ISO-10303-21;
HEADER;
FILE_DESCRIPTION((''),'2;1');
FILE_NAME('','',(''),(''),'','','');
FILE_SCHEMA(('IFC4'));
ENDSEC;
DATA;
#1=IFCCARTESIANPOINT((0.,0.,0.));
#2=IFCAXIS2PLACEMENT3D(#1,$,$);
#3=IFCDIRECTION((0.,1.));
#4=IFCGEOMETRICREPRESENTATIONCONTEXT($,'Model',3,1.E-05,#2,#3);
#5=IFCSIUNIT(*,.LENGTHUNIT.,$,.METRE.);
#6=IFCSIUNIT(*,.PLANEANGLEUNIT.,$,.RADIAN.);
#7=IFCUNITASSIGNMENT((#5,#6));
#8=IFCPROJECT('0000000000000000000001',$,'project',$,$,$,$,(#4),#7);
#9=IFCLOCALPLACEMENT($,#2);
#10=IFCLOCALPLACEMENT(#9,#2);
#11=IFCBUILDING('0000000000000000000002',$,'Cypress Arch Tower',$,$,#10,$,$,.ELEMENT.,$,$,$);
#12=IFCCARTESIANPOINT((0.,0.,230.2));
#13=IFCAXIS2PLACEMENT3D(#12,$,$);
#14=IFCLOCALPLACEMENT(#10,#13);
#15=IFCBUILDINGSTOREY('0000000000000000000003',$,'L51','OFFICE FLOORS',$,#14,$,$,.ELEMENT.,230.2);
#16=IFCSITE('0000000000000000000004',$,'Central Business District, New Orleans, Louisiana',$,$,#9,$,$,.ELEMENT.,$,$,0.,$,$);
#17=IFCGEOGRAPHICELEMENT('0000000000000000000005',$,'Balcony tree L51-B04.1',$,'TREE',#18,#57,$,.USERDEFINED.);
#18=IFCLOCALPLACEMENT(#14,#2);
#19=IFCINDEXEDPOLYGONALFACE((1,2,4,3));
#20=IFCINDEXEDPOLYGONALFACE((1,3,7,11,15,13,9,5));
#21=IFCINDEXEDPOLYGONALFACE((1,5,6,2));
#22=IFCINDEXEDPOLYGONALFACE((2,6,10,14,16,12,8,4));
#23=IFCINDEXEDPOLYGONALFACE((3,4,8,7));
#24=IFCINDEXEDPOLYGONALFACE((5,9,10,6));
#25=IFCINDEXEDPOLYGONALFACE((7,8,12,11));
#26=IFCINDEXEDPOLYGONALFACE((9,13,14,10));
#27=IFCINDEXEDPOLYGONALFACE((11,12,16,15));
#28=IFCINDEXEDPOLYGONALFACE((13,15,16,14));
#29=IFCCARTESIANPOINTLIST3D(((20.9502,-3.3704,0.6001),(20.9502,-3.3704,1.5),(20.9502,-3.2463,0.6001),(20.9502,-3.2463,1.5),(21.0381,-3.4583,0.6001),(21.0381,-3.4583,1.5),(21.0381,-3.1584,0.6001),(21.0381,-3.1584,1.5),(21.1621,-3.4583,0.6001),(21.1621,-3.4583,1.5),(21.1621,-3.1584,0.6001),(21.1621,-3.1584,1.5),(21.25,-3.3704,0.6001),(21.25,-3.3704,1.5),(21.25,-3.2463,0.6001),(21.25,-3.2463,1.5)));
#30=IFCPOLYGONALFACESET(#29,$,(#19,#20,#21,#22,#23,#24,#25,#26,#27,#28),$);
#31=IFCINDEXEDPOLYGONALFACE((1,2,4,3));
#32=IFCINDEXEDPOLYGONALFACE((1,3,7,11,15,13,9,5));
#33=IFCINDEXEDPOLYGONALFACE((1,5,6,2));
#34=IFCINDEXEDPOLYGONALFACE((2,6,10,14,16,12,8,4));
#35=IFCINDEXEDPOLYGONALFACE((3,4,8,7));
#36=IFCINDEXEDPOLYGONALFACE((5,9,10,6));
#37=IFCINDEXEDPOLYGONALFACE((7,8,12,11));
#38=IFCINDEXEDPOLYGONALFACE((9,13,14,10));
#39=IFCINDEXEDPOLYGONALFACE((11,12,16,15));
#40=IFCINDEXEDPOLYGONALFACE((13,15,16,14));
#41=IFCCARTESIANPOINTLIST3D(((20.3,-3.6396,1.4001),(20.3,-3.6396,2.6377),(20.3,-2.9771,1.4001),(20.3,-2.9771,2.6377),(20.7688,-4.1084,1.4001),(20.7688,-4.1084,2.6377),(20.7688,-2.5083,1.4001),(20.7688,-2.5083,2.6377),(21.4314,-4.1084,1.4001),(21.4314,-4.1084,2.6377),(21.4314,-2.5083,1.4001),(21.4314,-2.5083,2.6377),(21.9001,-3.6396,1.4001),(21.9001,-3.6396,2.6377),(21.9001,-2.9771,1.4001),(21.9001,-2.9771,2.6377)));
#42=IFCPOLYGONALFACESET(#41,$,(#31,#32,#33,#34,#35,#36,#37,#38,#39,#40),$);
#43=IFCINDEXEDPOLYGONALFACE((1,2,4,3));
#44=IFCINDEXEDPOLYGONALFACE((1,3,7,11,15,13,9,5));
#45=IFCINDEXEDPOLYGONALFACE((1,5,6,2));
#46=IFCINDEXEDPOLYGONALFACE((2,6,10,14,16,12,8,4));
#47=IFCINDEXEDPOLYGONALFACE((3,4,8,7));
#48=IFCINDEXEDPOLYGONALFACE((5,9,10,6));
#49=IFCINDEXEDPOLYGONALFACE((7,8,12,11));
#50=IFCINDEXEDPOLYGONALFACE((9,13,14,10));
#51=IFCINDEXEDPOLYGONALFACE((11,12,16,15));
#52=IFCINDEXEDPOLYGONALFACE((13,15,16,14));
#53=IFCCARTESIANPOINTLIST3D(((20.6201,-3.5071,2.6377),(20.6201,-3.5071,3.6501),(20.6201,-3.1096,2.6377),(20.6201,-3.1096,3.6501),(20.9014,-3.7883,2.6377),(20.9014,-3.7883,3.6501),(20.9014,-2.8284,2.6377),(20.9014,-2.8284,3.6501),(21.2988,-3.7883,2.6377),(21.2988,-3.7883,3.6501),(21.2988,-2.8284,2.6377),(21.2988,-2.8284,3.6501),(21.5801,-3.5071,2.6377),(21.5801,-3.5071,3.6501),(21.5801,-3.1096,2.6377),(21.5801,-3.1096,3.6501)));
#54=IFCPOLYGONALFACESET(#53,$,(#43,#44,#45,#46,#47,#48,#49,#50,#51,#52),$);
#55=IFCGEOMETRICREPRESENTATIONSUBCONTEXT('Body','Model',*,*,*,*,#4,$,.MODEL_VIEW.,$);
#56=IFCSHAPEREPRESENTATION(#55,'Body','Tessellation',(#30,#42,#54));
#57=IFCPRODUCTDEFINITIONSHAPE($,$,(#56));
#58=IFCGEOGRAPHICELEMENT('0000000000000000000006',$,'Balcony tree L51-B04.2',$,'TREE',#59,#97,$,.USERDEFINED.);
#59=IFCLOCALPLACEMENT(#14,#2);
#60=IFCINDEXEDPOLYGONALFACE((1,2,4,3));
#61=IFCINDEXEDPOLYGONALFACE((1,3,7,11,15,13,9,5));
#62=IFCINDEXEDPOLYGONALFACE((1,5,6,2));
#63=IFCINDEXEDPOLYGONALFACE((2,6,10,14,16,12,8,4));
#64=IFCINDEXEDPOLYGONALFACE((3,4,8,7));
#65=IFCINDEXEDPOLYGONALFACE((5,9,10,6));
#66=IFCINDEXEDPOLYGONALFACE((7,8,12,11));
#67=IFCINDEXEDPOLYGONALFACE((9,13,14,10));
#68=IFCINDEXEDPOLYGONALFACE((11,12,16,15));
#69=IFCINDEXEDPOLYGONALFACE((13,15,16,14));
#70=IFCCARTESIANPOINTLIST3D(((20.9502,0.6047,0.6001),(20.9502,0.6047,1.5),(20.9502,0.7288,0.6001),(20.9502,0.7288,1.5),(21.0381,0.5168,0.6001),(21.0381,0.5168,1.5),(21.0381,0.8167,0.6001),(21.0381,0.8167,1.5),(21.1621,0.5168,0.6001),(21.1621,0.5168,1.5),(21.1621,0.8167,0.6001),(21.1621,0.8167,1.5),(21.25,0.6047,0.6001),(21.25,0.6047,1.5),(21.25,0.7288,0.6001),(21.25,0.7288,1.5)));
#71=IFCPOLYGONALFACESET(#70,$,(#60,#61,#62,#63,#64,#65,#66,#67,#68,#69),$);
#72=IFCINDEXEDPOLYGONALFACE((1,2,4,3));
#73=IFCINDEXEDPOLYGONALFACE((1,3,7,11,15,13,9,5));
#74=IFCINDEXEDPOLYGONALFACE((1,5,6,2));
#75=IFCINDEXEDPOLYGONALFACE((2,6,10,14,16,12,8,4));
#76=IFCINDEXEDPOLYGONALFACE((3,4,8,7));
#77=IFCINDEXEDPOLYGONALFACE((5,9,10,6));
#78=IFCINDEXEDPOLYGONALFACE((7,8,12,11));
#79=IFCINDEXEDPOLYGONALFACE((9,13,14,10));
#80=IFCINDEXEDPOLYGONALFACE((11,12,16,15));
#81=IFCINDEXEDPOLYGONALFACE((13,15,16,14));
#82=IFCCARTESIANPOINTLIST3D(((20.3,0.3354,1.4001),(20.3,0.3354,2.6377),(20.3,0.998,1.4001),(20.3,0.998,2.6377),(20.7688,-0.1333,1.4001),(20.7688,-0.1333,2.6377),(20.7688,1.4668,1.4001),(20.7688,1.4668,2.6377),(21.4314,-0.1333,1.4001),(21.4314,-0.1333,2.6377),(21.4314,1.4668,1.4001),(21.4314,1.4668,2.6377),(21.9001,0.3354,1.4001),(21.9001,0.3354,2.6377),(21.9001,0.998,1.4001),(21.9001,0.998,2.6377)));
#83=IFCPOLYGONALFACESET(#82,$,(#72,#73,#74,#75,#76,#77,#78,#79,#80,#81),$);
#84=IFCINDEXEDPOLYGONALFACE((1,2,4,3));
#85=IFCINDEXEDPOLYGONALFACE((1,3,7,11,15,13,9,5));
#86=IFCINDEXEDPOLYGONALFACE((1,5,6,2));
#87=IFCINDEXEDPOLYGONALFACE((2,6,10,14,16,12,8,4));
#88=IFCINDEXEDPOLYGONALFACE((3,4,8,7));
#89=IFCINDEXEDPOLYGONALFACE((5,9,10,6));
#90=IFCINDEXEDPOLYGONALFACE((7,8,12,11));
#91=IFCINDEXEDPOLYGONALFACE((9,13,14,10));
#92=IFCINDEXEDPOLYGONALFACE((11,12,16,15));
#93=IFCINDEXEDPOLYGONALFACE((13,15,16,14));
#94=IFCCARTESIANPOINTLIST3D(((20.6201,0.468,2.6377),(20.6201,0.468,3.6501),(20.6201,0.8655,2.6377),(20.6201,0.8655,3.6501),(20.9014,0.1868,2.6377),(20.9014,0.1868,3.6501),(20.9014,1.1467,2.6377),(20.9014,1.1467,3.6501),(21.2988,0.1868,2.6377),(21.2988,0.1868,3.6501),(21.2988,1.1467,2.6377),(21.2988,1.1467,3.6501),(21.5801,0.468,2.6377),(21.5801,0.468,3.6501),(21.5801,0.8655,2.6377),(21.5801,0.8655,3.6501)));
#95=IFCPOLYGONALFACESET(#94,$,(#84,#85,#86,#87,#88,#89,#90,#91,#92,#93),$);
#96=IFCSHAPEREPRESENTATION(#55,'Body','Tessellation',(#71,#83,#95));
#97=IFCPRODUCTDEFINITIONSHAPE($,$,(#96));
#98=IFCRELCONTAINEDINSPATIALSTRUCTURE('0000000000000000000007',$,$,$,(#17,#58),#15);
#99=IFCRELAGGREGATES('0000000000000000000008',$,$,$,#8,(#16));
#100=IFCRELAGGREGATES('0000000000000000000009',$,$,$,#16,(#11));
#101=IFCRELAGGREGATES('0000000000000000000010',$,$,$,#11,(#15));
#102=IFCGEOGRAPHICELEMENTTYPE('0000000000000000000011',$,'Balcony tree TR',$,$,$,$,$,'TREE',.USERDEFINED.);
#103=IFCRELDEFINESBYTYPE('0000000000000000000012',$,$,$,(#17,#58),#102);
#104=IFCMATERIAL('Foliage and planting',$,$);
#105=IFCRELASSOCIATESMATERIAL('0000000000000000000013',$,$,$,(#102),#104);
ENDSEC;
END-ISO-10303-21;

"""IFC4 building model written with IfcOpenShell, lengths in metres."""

from ifc_helpers import new_model, si_unit, direction, frame, origin, place, context, subcontext, project, spatial, polyline, outline, extrude, material, type_object, element, save


model = new_model("IFC4")

# Units and contexts
model_context = context("Model", 3, precision=1e-05, world=origin(), true_north=direction((0.0, 1.0)))
body_context = subcontext(model_context, "Body", "Model", "MODEL_VIEW")
ifc_project = project(units=[si_unit("LENGTHUNIT", "METRE"), si_unit("PLANEANGLEUNIT", "RADIAN")], contexts=[model_context])

# Site, building, storey
site_placement = place(None, origin())
site = spatial("IfcSite", under=ifc_project, at=site_placement, Name="Central Business District, New Orleans, Louisiana", CompositionType="ELEMENT", RefElevation=0.0)
building_placement = place(site_placement, origin())
building = spatial("IfcBuilding", under=site, at=building_placement, Name="Cypress Arch Tower", CompositionType="ELEMENT")
storey_placement = place(building_placement, frame((0.0, 0.0, 230.2)))
storey = spatial("IfcBuildingStorey", under=building, at=storey_placement, Name="L51", Description="OFFICE FLOORS", CompositionType="ELEMENT", Elevation=230.2)

# Geographic elements
ifc_material_1 = material(Name="Foliage and planting")
geographic_element_type = type_object("IfcGeographicElementType", Name="Balcony tree TR", ElementType="TREE", PredefinedType="USERDEFINED", material=ifc_material_1)
for number, where, z_axis, x_axis, name in (
    (1, (21.1001, -3.3083, 0.6001), (0.0, 0.0, 1.0), (1.0, 0.0, 0.0), "Balcony tree L51-B04.1"),
    (2, (21.1001, 0.6667, 0.6001), (0.0, 0.0, 1.0), (1.0, 0.0, 0.0), "Balcony tree L51-B04.2"),
):
    element("IfcGeographicElement", number, at=place(storey_placement, frame(where, z_axis=z_axis, x_axis=x_axis)), inside=storey, type_object=geographic_element_type, Name=name, ObjectType="TREE", PredefinedType="USERDEFINED", context=body_context, shape_type="SweptSolid", body=[
        extrude(outline(polyline([(0.1499, 0.062), (0.062, 0.1499), (-0.062, 0.1499), (-0.1499, 0.062), (-0.1499, -0.062), (-0.062, -0.1499), (0.062, -0.1499), (0.1499, -0.062), (0.1499, 0.062)])), origin(), (0.0, 0.0, 1.0), 0.8999),
        extrude(outline(polyline([(0.8, 0.3313), (0.3313, 0.8), (-0.3313, 0.8), (-0.8, 0.3313), (-0.8, -0.3313), (-0.3313, -0.8), (0.3313, -0.8), (0.8, -0.3313), (0.8, 0.3313)])), frame((0.0, 0.0, 0.8)), (0.0, 0.0, 1.0), 1.2375),
        extrude(outline(polyline([(0.48, 0.1987), (0.1987, 0.48), (-0.1987, 0.48), (-0.48, 0.1987), (-0.48, -0.1987), (-0.1987, -0.48), (0.1987, -0.48), (0.48, -0.1987), (0.48, 0.1987)])), frame((0.0, 0.0, 2.0376)), (0.0, 0.0, 1.0), 1.0125),
    ])

save(model, "model.ifc")
